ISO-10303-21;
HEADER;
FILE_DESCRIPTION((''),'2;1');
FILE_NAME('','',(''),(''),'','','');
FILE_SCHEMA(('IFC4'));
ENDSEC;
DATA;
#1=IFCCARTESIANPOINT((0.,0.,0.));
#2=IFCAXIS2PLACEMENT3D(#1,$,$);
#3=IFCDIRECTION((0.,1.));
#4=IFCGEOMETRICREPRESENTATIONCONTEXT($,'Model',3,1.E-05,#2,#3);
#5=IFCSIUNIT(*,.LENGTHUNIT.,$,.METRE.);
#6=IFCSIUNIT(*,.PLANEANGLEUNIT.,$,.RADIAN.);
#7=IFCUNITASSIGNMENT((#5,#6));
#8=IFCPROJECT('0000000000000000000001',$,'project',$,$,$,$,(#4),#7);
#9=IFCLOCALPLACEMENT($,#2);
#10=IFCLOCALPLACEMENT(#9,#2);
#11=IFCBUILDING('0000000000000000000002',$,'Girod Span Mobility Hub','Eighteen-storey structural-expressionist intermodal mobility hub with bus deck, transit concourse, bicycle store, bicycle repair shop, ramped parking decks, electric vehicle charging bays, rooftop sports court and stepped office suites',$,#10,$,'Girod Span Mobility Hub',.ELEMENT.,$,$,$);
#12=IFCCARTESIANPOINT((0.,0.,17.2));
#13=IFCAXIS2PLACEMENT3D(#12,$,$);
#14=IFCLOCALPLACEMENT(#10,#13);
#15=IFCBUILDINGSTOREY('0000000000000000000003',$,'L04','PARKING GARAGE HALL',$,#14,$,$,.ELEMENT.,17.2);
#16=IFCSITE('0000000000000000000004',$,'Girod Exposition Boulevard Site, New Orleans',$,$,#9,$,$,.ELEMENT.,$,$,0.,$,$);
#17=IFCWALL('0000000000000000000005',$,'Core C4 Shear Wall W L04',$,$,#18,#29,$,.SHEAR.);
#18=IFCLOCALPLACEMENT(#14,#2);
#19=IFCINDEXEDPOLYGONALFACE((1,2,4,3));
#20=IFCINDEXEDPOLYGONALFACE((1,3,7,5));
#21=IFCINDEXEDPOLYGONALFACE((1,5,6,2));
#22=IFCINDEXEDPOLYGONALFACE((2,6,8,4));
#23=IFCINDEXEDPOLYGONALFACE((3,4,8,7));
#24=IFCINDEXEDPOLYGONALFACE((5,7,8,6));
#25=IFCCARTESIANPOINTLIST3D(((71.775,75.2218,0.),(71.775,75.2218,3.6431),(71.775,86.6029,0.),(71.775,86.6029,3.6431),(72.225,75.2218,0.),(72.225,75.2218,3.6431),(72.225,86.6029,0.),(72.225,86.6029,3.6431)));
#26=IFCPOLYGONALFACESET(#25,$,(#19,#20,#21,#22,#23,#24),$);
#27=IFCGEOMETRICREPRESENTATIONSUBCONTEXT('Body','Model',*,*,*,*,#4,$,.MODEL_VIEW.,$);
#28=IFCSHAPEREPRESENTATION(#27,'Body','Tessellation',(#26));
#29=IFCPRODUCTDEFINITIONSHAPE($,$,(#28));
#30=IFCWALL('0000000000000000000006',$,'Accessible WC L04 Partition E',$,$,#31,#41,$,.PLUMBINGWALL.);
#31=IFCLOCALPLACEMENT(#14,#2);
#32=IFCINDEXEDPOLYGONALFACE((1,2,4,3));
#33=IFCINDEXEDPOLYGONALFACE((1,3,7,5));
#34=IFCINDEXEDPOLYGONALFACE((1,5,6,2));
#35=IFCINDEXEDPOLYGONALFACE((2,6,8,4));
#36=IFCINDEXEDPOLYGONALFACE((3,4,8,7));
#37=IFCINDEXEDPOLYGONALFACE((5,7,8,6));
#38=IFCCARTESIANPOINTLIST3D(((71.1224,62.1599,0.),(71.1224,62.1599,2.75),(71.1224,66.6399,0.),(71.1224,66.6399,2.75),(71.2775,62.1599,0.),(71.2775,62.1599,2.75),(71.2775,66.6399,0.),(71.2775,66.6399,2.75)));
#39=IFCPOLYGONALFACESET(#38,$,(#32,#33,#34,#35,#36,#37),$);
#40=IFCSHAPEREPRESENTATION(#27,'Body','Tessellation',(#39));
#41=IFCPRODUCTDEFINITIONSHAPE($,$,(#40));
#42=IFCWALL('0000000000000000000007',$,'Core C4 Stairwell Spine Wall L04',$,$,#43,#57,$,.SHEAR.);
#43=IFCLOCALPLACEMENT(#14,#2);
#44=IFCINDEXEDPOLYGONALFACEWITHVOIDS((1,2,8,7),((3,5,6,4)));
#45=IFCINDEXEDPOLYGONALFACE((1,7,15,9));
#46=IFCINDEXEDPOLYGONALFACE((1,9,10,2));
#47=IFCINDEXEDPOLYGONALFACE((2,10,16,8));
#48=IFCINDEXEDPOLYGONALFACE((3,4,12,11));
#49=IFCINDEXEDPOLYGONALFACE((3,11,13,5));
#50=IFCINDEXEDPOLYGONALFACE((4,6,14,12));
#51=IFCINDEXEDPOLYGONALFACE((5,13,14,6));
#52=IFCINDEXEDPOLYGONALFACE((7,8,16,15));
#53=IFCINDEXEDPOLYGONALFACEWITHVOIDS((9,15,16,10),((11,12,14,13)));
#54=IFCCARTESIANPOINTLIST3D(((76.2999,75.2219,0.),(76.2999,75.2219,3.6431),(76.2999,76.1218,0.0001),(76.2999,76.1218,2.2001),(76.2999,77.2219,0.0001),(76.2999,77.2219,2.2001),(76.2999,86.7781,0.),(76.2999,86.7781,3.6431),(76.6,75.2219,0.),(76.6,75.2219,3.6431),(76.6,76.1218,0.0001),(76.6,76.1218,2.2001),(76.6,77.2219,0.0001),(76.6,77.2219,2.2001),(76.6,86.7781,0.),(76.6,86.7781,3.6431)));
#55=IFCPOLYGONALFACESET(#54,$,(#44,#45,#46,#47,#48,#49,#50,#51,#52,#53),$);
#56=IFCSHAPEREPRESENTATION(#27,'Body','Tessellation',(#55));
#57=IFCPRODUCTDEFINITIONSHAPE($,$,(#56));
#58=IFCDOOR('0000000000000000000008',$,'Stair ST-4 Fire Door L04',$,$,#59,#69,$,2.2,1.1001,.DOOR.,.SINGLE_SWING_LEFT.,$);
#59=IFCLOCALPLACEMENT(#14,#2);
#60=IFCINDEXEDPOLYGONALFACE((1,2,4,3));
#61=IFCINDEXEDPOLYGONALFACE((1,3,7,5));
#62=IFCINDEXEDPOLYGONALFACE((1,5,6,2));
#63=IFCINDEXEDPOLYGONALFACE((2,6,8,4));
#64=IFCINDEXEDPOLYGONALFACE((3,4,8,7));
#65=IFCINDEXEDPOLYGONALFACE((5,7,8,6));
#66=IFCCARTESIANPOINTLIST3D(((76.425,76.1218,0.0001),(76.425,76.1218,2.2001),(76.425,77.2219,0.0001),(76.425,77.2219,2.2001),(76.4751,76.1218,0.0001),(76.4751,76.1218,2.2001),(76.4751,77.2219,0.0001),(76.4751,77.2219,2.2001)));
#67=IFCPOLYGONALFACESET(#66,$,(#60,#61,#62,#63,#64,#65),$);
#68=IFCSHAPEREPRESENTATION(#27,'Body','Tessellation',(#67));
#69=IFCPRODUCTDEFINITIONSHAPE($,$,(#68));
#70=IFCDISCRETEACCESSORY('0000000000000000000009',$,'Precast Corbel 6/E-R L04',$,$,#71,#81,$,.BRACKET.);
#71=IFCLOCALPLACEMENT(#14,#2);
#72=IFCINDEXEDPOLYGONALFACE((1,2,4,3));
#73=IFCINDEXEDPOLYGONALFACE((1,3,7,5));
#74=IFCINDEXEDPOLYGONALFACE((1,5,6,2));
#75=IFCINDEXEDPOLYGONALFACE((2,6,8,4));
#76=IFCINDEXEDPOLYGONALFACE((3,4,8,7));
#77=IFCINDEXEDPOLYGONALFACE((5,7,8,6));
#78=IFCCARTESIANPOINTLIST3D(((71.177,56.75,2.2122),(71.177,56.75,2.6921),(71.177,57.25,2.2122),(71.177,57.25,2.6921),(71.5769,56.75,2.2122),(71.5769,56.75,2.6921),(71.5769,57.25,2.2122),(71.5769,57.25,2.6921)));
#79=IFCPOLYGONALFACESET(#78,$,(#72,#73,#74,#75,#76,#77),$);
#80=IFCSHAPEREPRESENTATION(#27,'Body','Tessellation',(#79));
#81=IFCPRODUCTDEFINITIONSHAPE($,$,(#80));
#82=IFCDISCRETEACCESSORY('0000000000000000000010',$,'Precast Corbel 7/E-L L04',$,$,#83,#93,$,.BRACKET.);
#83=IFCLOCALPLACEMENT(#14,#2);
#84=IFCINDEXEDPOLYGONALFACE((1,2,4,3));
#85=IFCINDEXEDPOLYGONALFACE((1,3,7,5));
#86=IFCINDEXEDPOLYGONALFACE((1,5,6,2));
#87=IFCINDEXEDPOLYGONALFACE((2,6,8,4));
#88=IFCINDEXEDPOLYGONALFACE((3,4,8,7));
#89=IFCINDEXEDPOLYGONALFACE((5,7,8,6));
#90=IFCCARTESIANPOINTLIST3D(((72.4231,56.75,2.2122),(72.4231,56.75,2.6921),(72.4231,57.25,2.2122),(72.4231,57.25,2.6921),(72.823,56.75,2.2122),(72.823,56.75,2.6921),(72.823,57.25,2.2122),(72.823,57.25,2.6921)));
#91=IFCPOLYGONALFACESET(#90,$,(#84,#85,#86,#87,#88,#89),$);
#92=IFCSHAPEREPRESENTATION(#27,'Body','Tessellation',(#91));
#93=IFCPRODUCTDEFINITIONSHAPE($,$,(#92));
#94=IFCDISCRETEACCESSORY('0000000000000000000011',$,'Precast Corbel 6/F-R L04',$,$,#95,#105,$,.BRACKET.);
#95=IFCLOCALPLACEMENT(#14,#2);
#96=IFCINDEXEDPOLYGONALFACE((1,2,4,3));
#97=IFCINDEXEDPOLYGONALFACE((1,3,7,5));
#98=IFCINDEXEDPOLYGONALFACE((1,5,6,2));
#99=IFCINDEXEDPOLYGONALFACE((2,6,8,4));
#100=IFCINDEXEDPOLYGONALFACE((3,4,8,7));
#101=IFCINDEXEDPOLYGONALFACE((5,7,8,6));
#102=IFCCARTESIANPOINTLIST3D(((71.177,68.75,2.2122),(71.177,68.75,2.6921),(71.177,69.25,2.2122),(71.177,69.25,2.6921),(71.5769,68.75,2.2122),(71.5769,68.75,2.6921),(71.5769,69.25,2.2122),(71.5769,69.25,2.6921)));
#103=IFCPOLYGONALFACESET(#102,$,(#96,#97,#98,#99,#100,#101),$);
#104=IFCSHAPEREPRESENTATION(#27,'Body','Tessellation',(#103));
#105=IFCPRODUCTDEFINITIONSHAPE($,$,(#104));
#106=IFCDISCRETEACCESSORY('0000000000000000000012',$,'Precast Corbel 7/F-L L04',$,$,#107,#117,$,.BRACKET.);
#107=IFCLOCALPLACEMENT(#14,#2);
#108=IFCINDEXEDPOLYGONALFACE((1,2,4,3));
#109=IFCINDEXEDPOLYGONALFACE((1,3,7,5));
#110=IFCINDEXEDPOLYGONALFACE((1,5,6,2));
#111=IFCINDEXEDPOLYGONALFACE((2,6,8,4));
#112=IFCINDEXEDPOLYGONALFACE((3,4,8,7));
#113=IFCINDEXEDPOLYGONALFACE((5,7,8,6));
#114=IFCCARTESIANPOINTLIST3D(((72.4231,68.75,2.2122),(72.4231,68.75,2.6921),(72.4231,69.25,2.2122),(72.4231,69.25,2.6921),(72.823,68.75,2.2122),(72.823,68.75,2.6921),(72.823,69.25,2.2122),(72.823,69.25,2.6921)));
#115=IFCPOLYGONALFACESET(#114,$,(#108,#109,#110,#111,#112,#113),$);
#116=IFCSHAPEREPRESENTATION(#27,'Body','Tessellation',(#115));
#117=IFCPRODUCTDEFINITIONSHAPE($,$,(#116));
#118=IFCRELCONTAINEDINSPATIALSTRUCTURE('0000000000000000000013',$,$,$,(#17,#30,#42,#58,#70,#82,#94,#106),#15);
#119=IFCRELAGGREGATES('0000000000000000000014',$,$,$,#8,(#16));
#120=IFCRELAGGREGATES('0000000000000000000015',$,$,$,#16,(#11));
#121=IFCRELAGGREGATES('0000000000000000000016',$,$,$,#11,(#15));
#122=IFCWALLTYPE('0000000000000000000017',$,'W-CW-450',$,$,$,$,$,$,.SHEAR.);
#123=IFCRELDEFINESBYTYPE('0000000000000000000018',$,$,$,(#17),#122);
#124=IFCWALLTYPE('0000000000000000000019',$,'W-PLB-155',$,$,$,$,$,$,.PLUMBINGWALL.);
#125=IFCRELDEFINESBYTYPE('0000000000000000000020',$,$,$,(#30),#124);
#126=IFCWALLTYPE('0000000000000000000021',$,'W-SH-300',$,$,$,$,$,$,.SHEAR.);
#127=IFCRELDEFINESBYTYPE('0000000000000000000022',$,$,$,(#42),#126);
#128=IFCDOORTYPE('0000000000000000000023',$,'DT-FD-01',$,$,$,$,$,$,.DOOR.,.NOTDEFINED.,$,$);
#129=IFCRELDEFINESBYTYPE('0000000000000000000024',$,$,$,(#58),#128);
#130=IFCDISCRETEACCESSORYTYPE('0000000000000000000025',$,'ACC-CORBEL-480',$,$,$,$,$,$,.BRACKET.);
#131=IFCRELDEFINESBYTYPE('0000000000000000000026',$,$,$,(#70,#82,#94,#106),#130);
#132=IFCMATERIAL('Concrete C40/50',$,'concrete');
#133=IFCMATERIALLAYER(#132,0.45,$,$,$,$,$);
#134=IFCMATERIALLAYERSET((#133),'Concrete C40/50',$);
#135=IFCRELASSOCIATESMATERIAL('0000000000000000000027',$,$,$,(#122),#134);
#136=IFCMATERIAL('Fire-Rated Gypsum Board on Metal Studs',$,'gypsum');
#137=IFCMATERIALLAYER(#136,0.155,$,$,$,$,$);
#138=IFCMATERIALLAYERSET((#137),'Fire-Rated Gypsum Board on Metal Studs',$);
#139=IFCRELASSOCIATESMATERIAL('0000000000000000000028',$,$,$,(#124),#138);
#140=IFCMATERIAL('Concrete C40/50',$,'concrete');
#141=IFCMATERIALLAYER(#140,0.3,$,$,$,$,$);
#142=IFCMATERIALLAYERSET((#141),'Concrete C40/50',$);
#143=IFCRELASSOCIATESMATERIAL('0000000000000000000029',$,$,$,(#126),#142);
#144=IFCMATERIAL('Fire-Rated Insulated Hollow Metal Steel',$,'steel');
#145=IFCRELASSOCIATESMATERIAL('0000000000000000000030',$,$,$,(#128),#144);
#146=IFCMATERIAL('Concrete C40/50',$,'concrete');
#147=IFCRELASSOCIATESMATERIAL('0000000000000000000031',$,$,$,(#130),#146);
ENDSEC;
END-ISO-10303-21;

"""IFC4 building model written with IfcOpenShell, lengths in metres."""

from ifc_helpers import new_model, si_unit, direction, frame, frame_2d, origin, origin_2d, place, context, subcontext, project, spatial, rectangle, extrude, material, layer, layer_set, type_object, element, fill, save


model = new_model("IFC4")

# Units and contexts
model_context = context("Model", 3, precision=1e-05, world=origin(), true_north=direction((0.0, 1.0)))
body_context = subcontext(model_context, "Body", "Model", "MODEL_VIEW")
ifc_project = project(units=[si_unit("LENGTHUNIT", "METRE"), si_unit("PLANEANGLEUNIT", "RADIAN")], contexts=[model_context])

# Site, building, storey
site_placement = place(None, origin())
site = spatial("IfcSite", under=ifc_project, at=site_placement, Name="Girod Exposition Boulevard Site, New Orleans", CompositionType="ELEMENT", RefElevation=0.0)
building_placement = place(site_placement, origin())
building = spatial("IfcBuilding", under=site, at=building_placement, Name="Girod Span Mobility Hub", Description="Eighteen-storey structural-expressionist intermodal mobility hub with bus deck, transit concourse, bicycle store, bicycle repair shop, ramped parking decks, electric vehicle charging bays, rooftop sports court and stepped office suites", LongName="Girod Span Mobility Hub", CompositionType="ELEMENT")
storey_placement = place(building_placement, frame((0.0, 0.0, 17.2)))
storey = spatial("IfcBuildingStorey", under=building, at=storey_placement, Name="L04", Description="PARKING GARAGE HALL", CompositionType="ELEMENT", Elevation=17.2)

# Shared definitions
ifc_material_1 = material(Name="Concrete C40/50", Category="concrete")
ifc_layer_1 = layer(ifc_material_1, 0.45)
ifc_layer_set_1 = layer_set([ifc_layer_1], Name="Concrete C40/50")
wall_type_1 = type_object("IfcWallType", Name="W-CW-450", PredefinedType="SHEAR", material=ifc_layer_set_1)

# Walls
wall_1_placement = place(storey_placement, frame((72.0, 75.2219, 0.0), z_axis=(0.0, 0.0, 1.0), x_axis=(0.0, 1.0, 0.0)))
element("IfcWall", 1, at=wall_1_placement, inside=storey, type_object=wall_type_1, Name="Core C4 Shear Wall W L04", PredefinedType="SHEAR", context=body_context, shape_type="SweptSolid", body=[
    extrude(rectangle(XDim=11.3811, YDim=0.45, at=frame_2d((5.6904, 0.0))), origin(), (0.0, 0.0, 1.0), 3.6431),
])
ifc_material_2 = material(Name="Fire-Rated Gypsum Board on Metal Studs", Category="gypsum")
ifc_layer_2 = layer(ifc_material_2, 0.155)
ifc_layer_set_2 = layer_set([ifc_layer_2], Name="Fire-Rated Gypsum Board on Metal Studs")
wall_type_2 = type_object("IfcWallType", Name="W-PLB-155", PredefinedType="PLUMBINGWALL", material=ifc_layer_set_2)
wall_2_placement = place(storey_placement, frame((71.2, 62.1599, 0.0), z_axis=(0.0, 0.0, 1.0), x_axis=(0.0, 1.0, 0.0)))
element("IfcWall", 2, at=wall_2_placement, inside=storey, type_object=wall_type_2, Name="Accessible WC L04 Partition E", PredefinedType="PLUMBINGWALL", context=body_context, shape_type="SweptSolid", body=[
    extrude(rectangle(XDim=4.48, YDim=0.155, at=frame_2d((2.24, 0.0))), origin(), (0.0, 0.0, 1.0), 2.75),
])

# Wall, opening, door
ifc_material_3 = material(Name="Concrete C40/50", Category="concrete")
ifc_layer_3 = layer(ifc_material_3, 0.3)
ifc_layer_set_3 = layer_set([ifc_layer_3], Name="Concrete C40/50")
wall_type_3 = type_object("IfcWallType", Name="W-SH-300", PredefinedType="SHEAR", material=ifc_layer_set_3)
wall_3_placement = place(storey_placement, frame((76.45, 75.2219, 0.0), z_axis=(0.0, 0.0, 1.0), x_axis=(0.0, 1.0, 0.0)))
wall_3 = element("IfcWall", 3, at=wall_3_placement, inside=storey, type_object=wall_type_3, Name="Core C4 Stairwell Spine Wall L04", PredefinedType="SHEAR", context=body_context, shape_type="SweptSolid", body=[
    extrude(rectangle(XDim=11.5562, YDim=0.3, at=frame_2d((5.7781, 0.0))), origin(), (0.0, 0.0, 1.0), 3.6431),
])
opening_1_placement = place(wall_3_placement, frame((0.8999, 0.0, 0.0)))
opening_1 = element("IfcOpeningElement", 4, at=opening_1_placement, cuts=wall_3, PredefinedType="OPENING", context=body_context, shape_type="SweptSolid", body=[
    extrude(rectangle(XDim=1.1001, YDim=2.2, at=frame_2d((0.55, 1.1001))), frame((0.0, 0.165, 0.0), z_axis=(0.0, -1.0, 0.0), x_axis=(1.0, 0.0, 0.0)), (0.0, 0.0, 1.0), 0.3301),
])
ifc_material_4 = material(Name="Fire-Rated Insulated Hollow Metal Steel", Category="steel")
door_type_1 = type_object("IfcDoorType", Name="DT-FD-01", OperationType="NOTDEFINED", PredefinedType="DOOR", material=ifc_material_4)
door_1_placement = place(opening_1_placement, origin())
door_1 = element("IfcDoor", 5, at=door_1_placement, inside=storey, type_object=door_type_1, Name="Stair ST-4 Fire Door L04", OperationType="SINGLE_SWING_LEFT", OverallHeight=2.2, OverallWidth=1.1001, PredefinedType="DOOR", context=body_context, shape_type="SweptSolid", body=[
    extrude(rectangle(XDim=1.1001, YDim=2.2, at=frame_2d((0.55, 1.1001))), frame((0.0, 0.0249, 0.0), z_axis=(0.0, -1.0, 0.0), x_axis=(1.0, 0.0, 0.0)), (0.0, 0.0, 1.0), 0.05),
])
fill(opening_1, door_1)

# Discrete accessories
ifc_material_5 = material(Name="Concrete C40/50", Category="concrete")
discrete_accessory_type = type_object("IfcDiscreteAccessoryType", Name="ACC-CORBEL-480", PredefinedType="BRACKET", material=ifc_material_5)
for number, where, z_axis, x_axis, name in (
    (6, (71.377, 57.0, 2.2122), (0.0, 0.0, 1.0), (1.0, 0.0, 0.0), "Precast Corbel 6/E-R L04"),
    (7, (72.623, 57.0, 2.2122), (0.0, 0.0, 1.0), (1.0, 0.0, 0.0), "Precast Corbel 7/E-L L04"),
    (8, (71.377, 69.0, 2.2122), (0.0, 0.0, 1.0), (1.0, 0.0, 0.0), "Precast Corbel 6/F-R L04"),
    (9, (72.623, 69.0, 2.2122), (0.0, 0.0, 1.0), (1.0, 0.0, 0.0), "Precast Corbel 7/F-L L04"),
):
    element("IfcDiscreteAccessory", number, at=place(storey_placement, frame(where, z_axis=z_axis, x_axis=x_axis)), inside=storey, type_object=discrete_accessory_type, Name=name, PredefinedType="BRACKET", context=body_context, shape_type="SweptSolid", body=[
        extrude(rectangle(XDim=0.3999, YDim=0.5, at=origin_2d()), origin(), (0.0, 0.0, 1.0), 0.48),
    ])

save(model, "model.ifc")
